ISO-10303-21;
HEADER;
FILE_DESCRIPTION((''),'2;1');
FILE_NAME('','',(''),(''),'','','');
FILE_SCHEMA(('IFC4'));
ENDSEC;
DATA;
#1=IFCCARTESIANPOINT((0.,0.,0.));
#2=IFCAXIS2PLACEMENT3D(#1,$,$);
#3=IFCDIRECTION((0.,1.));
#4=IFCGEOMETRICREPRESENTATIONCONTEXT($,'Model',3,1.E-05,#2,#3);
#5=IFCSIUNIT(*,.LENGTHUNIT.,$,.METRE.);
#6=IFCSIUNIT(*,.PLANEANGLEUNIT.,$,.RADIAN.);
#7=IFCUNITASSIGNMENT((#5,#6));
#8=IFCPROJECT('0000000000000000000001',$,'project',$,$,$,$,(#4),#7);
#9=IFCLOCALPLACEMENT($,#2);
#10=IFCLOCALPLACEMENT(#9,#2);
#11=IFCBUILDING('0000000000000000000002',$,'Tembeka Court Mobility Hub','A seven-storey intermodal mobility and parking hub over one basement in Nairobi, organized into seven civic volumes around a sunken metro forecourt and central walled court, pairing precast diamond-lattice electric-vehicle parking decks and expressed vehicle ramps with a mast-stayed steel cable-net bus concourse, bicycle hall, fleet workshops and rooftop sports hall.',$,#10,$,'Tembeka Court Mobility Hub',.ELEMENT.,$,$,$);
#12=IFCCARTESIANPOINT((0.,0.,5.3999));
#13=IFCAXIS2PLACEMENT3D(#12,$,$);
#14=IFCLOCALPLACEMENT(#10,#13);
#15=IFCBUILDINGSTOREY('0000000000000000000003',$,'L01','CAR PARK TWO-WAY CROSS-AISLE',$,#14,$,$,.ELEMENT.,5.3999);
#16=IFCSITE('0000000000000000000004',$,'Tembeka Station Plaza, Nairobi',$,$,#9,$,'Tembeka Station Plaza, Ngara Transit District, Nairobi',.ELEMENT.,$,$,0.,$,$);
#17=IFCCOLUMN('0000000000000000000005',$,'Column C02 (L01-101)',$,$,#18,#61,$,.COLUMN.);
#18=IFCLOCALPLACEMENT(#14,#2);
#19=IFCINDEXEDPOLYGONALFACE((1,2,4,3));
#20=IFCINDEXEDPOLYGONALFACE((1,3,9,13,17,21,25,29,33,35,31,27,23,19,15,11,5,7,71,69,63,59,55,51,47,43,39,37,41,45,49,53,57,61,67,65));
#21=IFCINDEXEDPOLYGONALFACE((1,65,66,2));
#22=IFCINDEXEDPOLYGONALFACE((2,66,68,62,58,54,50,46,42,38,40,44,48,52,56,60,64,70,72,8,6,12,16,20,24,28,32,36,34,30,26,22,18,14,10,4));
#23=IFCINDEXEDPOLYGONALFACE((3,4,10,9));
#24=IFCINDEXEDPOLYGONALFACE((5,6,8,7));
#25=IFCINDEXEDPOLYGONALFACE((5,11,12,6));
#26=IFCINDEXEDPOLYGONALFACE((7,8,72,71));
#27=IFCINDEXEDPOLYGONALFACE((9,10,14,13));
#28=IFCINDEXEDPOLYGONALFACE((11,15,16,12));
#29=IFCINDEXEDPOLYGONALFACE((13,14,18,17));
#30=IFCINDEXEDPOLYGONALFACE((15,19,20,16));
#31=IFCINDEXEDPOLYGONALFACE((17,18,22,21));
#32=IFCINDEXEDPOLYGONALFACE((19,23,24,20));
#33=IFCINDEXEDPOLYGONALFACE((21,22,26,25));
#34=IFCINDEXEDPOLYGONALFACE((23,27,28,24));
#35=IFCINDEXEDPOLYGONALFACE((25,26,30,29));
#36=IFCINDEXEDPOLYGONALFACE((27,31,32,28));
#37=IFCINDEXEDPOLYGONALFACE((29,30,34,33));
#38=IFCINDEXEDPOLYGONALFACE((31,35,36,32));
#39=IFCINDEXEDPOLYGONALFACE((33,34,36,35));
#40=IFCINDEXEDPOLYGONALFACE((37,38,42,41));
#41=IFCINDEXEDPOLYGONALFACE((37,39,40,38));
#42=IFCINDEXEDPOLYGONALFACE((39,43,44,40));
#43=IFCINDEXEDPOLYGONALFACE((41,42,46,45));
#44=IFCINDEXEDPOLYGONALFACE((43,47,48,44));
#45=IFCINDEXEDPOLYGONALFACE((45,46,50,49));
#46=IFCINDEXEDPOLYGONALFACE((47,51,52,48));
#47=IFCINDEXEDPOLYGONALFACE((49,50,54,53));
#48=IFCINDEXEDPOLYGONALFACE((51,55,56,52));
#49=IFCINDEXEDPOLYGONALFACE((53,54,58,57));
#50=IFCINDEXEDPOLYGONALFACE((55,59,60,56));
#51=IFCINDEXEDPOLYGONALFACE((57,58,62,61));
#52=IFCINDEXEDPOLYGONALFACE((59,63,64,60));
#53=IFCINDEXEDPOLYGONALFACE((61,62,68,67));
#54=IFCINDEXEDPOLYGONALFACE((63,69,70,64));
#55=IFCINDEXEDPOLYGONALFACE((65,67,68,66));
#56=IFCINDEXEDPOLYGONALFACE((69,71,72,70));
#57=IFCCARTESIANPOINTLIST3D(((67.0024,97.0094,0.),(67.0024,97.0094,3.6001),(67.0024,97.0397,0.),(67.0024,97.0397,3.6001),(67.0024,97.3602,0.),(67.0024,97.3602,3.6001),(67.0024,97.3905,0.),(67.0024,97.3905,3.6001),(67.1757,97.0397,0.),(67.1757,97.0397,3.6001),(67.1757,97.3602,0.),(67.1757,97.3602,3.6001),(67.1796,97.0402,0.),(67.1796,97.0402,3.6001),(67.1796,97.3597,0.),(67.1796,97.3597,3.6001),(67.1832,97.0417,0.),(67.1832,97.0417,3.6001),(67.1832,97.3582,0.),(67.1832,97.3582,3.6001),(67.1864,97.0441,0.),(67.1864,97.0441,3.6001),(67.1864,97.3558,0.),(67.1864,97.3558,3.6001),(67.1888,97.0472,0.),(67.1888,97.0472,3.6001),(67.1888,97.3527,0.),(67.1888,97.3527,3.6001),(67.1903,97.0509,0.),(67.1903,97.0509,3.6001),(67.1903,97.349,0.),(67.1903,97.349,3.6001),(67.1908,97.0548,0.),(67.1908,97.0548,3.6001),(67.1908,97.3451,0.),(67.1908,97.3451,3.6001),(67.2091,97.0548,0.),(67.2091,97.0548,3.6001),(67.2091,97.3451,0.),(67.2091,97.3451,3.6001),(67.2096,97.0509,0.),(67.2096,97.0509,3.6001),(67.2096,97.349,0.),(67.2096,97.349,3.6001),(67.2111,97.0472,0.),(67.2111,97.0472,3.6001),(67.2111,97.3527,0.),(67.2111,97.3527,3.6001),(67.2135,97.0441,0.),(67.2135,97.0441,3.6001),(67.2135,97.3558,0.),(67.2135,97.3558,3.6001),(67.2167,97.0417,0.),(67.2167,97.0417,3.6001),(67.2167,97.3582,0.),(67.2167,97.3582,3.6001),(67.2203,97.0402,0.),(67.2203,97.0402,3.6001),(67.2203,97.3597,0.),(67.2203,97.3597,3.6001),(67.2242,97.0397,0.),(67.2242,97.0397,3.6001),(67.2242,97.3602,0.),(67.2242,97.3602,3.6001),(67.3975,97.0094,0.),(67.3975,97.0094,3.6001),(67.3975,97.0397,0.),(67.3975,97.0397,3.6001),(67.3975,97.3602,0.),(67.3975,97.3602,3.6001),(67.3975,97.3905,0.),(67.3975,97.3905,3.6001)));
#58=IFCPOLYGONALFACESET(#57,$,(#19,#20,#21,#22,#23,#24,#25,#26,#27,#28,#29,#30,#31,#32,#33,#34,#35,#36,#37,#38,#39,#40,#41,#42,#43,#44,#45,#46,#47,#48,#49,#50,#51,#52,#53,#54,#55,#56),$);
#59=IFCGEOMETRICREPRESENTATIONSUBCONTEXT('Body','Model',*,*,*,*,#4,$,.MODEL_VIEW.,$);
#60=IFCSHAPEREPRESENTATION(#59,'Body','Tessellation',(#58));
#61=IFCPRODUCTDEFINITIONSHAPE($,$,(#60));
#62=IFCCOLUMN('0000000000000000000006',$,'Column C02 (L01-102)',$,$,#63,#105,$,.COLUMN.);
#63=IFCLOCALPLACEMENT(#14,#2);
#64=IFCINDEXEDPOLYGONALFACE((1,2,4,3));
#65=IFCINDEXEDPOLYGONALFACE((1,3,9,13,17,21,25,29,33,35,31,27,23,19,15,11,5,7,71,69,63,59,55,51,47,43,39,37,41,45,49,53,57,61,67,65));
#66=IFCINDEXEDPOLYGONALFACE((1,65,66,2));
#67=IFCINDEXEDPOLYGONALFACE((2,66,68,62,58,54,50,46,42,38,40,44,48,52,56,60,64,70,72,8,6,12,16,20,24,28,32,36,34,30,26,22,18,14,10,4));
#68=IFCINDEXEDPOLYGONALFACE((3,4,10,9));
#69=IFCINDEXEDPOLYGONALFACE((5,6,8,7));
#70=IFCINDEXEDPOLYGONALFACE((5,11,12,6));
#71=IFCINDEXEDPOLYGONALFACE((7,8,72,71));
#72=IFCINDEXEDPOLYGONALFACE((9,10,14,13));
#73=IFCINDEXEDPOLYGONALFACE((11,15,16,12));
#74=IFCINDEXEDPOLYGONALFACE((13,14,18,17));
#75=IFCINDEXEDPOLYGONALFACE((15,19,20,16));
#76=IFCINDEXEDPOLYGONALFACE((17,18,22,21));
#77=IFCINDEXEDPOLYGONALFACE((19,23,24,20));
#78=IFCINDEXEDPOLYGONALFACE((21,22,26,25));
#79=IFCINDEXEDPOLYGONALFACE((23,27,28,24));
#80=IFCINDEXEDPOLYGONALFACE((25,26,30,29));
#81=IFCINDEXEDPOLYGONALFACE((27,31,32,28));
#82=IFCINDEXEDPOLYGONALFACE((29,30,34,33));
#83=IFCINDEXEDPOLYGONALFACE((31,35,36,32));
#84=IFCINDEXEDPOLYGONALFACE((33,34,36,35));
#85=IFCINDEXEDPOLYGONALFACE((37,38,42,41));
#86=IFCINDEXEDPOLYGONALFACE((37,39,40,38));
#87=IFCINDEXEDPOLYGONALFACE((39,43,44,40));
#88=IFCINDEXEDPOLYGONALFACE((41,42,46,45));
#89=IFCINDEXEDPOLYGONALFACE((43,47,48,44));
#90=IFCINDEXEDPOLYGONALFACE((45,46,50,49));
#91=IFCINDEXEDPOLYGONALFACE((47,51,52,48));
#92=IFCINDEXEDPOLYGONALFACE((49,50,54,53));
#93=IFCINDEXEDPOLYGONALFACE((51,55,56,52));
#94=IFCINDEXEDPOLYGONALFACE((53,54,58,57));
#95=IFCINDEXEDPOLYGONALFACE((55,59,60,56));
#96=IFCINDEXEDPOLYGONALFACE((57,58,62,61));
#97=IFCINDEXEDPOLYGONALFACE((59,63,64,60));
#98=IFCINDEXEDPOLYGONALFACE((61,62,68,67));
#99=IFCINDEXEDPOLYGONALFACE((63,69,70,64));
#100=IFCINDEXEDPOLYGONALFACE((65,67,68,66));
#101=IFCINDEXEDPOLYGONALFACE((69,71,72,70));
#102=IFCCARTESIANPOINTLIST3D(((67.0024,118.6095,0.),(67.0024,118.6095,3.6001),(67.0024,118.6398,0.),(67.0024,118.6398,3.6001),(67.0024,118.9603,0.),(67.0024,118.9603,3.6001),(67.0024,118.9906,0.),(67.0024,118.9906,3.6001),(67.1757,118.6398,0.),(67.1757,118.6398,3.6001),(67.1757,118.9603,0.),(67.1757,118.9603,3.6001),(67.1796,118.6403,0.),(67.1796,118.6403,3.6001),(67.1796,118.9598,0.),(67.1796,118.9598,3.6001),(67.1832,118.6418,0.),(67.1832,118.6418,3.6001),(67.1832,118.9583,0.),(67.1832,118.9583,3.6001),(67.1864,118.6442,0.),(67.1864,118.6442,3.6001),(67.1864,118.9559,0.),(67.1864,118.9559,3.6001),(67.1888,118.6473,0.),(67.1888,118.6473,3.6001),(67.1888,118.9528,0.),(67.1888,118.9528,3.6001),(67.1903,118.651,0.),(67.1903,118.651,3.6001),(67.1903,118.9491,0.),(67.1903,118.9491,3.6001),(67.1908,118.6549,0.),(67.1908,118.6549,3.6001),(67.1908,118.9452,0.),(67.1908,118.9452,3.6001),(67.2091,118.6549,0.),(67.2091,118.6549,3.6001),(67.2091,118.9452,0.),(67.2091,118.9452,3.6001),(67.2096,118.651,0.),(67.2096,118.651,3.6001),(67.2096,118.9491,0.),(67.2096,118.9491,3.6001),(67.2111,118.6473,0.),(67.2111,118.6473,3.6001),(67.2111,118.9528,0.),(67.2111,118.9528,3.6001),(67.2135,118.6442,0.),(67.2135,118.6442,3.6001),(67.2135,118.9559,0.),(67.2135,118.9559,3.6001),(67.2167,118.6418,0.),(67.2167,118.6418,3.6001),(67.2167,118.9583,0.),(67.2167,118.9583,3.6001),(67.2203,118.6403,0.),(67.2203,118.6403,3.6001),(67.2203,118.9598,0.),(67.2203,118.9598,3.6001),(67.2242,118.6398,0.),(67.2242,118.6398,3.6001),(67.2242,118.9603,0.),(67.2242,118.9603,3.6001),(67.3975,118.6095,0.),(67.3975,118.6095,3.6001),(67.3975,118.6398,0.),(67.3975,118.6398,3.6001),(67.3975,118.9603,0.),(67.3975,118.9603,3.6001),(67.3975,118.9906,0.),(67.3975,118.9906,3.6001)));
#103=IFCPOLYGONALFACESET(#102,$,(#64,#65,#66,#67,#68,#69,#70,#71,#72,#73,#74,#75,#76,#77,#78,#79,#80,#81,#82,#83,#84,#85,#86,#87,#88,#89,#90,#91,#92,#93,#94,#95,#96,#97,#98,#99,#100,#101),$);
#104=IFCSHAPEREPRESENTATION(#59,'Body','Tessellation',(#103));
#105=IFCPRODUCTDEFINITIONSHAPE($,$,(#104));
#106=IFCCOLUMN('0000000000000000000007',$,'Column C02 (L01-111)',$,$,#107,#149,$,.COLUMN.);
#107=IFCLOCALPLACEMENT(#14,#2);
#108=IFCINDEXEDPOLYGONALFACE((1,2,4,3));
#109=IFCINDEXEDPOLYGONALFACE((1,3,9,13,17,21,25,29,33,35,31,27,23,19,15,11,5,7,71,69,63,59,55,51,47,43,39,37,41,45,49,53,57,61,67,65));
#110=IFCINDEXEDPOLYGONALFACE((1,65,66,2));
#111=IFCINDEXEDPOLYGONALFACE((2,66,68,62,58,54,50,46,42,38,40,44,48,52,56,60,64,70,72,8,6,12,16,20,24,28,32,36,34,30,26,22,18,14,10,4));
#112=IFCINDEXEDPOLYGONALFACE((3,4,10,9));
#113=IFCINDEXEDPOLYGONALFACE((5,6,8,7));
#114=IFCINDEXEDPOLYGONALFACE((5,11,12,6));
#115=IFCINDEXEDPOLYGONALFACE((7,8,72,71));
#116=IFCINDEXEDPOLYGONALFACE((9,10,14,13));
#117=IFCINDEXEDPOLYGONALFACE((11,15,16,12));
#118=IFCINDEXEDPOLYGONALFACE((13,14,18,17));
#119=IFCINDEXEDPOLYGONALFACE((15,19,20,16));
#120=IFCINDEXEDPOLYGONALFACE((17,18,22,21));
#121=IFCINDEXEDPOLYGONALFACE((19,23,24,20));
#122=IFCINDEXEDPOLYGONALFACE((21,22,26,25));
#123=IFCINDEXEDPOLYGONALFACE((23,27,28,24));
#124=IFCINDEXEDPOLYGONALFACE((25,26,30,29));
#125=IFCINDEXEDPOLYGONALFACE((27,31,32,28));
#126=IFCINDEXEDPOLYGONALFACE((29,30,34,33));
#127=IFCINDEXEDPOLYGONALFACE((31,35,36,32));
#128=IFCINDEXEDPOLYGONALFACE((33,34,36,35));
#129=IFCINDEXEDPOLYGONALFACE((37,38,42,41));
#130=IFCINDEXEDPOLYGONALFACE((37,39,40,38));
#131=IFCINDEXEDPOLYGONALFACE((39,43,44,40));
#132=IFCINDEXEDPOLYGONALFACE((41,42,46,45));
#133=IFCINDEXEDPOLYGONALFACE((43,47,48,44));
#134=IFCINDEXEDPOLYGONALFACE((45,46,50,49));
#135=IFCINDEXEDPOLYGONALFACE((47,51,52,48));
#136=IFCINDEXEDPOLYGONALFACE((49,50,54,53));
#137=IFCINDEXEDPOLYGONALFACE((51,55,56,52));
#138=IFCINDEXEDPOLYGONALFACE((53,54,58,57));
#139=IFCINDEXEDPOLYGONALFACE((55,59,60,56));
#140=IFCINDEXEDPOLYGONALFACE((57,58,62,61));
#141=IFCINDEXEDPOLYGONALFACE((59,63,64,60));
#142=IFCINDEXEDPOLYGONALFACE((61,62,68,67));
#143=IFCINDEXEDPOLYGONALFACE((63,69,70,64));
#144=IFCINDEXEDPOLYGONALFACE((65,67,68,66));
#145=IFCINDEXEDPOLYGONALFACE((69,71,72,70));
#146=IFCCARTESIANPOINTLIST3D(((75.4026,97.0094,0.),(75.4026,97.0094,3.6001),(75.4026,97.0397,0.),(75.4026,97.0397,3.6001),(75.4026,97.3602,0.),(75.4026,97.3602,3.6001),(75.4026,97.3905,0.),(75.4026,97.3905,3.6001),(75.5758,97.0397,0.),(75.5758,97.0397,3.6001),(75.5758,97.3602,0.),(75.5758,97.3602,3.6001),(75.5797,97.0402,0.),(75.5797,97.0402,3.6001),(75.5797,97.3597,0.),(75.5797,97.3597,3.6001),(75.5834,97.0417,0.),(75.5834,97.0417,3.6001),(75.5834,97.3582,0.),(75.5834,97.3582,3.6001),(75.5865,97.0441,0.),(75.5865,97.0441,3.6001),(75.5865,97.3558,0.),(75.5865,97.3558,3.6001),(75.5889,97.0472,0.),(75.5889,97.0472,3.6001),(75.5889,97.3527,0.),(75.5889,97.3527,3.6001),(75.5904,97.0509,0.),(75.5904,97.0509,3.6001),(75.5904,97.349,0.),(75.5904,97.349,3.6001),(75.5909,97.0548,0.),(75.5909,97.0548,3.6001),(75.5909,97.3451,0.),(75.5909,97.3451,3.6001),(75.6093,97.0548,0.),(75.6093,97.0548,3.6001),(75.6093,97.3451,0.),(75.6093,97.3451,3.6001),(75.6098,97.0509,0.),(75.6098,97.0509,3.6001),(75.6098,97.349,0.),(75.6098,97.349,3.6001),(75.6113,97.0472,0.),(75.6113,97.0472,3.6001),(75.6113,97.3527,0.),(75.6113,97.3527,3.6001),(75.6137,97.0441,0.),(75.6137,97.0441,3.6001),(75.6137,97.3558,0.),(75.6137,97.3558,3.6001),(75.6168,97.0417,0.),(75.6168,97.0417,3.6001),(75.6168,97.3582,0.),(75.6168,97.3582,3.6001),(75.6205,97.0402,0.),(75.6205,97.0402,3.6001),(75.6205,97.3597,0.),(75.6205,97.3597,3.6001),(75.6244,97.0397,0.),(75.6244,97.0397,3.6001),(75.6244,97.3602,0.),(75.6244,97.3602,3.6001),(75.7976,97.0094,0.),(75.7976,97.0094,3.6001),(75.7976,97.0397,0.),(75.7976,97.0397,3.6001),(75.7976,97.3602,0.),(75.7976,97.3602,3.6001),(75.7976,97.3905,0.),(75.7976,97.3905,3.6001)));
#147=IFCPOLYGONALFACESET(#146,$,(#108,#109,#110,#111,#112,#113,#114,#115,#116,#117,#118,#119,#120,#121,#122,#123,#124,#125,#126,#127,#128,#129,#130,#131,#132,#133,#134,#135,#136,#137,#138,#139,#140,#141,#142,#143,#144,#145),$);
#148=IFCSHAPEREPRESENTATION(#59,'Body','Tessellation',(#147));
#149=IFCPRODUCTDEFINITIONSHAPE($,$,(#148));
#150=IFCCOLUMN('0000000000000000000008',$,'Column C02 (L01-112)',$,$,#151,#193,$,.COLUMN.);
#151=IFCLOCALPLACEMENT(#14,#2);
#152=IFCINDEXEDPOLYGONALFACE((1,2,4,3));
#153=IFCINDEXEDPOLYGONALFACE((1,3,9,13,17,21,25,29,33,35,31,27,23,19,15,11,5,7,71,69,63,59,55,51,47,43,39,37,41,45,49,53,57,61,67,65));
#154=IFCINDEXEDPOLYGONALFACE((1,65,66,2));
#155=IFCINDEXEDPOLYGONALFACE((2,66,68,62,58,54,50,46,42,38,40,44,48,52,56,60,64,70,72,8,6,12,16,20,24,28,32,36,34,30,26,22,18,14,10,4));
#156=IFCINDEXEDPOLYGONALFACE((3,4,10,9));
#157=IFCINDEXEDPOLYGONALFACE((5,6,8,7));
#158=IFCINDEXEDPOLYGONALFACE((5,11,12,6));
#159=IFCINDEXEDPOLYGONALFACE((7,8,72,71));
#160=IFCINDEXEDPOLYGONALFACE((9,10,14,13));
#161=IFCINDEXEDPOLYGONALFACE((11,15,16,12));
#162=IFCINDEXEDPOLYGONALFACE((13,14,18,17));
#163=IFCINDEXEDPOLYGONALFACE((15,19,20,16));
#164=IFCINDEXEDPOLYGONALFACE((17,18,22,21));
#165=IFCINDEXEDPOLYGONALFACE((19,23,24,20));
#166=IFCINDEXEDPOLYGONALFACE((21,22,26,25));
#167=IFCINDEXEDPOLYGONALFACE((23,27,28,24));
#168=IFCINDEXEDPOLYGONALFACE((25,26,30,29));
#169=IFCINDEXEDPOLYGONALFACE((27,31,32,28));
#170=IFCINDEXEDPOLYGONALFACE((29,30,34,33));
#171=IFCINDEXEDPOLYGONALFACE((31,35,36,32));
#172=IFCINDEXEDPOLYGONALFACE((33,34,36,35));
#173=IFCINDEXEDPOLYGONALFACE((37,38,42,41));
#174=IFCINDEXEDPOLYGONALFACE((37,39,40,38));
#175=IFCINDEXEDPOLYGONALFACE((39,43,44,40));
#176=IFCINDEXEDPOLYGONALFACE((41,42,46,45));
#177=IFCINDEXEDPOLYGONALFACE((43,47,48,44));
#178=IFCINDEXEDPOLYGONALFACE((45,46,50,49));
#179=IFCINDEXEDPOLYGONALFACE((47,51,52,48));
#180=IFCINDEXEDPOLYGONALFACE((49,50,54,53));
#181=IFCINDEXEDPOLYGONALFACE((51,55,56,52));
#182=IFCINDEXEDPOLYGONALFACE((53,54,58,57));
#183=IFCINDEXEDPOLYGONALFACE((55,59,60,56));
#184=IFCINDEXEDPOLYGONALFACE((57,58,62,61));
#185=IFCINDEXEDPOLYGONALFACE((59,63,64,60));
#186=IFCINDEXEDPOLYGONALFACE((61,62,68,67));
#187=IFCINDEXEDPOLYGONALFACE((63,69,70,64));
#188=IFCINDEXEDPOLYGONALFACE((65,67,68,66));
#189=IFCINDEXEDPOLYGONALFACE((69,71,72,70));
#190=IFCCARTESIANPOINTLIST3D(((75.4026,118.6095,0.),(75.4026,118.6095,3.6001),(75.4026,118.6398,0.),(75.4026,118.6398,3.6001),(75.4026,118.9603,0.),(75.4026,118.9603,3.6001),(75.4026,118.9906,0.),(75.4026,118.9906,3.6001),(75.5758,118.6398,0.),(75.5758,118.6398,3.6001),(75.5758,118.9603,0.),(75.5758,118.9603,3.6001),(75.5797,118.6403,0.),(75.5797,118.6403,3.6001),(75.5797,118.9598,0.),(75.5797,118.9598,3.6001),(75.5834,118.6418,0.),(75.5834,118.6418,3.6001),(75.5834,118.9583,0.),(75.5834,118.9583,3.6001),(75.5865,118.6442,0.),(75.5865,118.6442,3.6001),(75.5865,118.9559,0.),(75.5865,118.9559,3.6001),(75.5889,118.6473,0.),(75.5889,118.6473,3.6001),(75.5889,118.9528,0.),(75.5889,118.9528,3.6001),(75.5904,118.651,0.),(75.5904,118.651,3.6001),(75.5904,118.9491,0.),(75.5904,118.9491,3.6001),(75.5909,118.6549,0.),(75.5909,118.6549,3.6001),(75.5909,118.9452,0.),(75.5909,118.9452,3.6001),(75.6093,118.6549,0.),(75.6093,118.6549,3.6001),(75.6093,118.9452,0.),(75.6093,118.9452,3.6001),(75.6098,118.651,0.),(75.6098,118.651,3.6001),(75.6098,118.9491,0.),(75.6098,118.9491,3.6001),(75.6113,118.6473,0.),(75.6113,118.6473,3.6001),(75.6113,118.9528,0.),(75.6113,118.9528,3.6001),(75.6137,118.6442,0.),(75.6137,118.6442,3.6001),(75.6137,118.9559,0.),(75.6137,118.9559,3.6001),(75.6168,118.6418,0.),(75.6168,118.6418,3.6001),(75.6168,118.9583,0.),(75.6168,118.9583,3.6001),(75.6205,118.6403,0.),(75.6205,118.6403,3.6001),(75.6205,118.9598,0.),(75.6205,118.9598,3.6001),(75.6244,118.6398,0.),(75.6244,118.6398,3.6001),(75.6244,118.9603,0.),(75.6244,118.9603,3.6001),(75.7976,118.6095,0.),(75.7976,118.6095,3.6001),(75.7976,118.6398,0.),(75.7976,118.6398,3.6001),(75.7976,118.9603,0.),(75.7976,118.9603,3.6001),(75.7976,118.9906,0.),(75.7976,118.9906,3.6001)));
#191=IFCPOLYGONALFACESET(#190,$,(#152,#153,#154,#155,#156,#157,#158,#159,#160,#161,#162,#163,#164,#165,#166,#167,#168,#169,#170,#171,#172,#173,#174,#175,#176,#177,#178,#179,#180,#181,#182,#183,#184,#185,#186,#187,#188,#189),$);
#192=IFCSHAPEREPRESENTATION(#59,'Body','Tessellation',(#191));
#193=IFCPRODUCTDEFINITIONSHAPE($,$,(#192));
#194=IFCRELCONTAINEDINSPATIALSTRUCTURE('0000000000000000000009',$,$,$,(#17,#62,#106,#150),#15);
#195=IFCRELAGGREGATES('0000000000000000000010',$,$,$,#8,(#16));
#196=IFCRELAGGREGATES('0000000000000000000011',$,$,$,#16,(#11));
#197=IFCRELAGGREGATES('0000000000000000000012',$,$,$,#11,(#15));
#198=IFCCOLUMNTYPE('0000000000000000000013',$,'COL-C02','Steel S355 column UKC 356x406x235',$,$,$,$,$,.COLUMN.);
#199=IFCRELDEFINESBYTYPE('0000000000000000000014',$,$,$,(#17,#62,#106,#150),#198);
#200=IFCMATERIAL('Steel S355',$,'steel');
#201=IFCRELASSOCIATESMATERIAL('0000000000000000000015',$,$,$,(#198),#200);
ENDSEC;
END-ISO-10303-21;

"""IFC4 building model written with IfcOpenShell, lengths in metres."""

from ifc_helpers import new_model, si_unit, direction, frame, origin, origin_2d, place, context, subcontext, project, spatial, i_section, extrude, material, material_profile, profile_set, type_object, element, save


model = new_model("IFC4")

# Units and contexts
model_context = context("Model", 3, precision=1e-05, world=origin(), true_north=direction((0.0, 1.0)))
body_context = subcontext(model_context, "Body", "Model", "MODEL_VIEW")
ifc_project = project(units=[si_unit("LENGTHUNIT", "METRE"), si_unit("PLANEANGLEUNIT", "RADIAN")], contexts=[model_context])

# Site, building, storey
site_placement = place(None, origin())
site = spatial("IfcSite", under=ifc_project, at=site_placement, Name="Tembeka Station Plaza, Nairobi", LongName="Tembeka Station Plaza, Ngara Transit District, Nairobi", CompositionType="ELEMENT", RefElevation=0.0)
building_placement = place(site_placement, origin())
building = spatial("IfcBuilding", under=site, at=building_placement, Name="Tembeka Court Mobility Hub", Description="A seven-storey intermodal mobility and parking hub over one basement in Nairobi, organized into seven civic volumes around a sunken metro forecourt and central walled court, pairing precast diamond-lattice electric-vehicle parking decks and expressed vehicle ramps with a mast-stayed steel cable-net bus concourse, bicycle hall, fleet workshops and rooftop sports hall.", LongName="Tembeka Court Mobility Hub", CompositionType="ELEMENT")
storey_placement = place(building_placement, frame((0.0, 0.0, 5.3999)))
storey = spatial("IfcBuildingStorey", under=building, at=storey_placement, Name="L01", Description="CAR PARK TWO-WAY CROSS-AISLE", CompositionType="ELEMENT", Elevation=5.3999)

# Columns
ifc_material_1 = material(Name="Steel S355", Category="steel")
ifc_material_profile_1 = material_profile(ifc_material_1, i_section(OverallWidth=0.395, OverallDepth=0.3811, WebThickness=0.0183, FlangeThickness=0.0303, FilletRadius=0.0151, at=origin_2d()), Name="UKC 356x406x235")
ifc_profile_set_1 = profile_set([ifc_material_profile_1], Name="Steel S355")
column_type = type_object("IfcColumnType", Name="COL-C02", Description="Steel S355 column UKC 356x406x235", PredefinedType="COLUMN", material=ifc_profile_set_1)
for number, where, z_axis, x_axis, name in (
    (1, (67.2, 97.2, 0.0), (0.0, 0.0, 1.0), (1.0, 0.0, 0.0), "Column C02 (L01-101)"),
    (2, (67.2, 118.8, 0.0), (0.0, 0.0, 1.0), (1.0, 0.0, 0.0), "Column C02 (L01-102)"),
    (3, (75.6001, 97.2, 0.0), (0.0, 0.0, 1.0), (1.0, 0.0, 0.0), "Column C02 (L01-111)"),
    (4, (75.6001, 118.8, 0.0), (0.0, 0.0, 1.0), (1.0, 0.0, 0.0), "Column C02 (L01-112)"),
):
    element("IfcColumn", number, at=place(storey_placement, frame(where, z_axis=z_axis, x_axis=x_axis)), inside=storey, type_object=column_type, Name=name, PredefinedType="COLUMN", context=body_context, shape_type="SweptSolid", body=[
        extrude(i_section(OverallWidth=0.395, OverallDepth=0.3811, WebThickness=0.0183, FlangeThickness=0.0303, FilletRadius=0.0151, at=origin_2d()), origin(), (0.0, 0.0, 1.0), 3.6001),
    ])

save(model, "model.ifc")
